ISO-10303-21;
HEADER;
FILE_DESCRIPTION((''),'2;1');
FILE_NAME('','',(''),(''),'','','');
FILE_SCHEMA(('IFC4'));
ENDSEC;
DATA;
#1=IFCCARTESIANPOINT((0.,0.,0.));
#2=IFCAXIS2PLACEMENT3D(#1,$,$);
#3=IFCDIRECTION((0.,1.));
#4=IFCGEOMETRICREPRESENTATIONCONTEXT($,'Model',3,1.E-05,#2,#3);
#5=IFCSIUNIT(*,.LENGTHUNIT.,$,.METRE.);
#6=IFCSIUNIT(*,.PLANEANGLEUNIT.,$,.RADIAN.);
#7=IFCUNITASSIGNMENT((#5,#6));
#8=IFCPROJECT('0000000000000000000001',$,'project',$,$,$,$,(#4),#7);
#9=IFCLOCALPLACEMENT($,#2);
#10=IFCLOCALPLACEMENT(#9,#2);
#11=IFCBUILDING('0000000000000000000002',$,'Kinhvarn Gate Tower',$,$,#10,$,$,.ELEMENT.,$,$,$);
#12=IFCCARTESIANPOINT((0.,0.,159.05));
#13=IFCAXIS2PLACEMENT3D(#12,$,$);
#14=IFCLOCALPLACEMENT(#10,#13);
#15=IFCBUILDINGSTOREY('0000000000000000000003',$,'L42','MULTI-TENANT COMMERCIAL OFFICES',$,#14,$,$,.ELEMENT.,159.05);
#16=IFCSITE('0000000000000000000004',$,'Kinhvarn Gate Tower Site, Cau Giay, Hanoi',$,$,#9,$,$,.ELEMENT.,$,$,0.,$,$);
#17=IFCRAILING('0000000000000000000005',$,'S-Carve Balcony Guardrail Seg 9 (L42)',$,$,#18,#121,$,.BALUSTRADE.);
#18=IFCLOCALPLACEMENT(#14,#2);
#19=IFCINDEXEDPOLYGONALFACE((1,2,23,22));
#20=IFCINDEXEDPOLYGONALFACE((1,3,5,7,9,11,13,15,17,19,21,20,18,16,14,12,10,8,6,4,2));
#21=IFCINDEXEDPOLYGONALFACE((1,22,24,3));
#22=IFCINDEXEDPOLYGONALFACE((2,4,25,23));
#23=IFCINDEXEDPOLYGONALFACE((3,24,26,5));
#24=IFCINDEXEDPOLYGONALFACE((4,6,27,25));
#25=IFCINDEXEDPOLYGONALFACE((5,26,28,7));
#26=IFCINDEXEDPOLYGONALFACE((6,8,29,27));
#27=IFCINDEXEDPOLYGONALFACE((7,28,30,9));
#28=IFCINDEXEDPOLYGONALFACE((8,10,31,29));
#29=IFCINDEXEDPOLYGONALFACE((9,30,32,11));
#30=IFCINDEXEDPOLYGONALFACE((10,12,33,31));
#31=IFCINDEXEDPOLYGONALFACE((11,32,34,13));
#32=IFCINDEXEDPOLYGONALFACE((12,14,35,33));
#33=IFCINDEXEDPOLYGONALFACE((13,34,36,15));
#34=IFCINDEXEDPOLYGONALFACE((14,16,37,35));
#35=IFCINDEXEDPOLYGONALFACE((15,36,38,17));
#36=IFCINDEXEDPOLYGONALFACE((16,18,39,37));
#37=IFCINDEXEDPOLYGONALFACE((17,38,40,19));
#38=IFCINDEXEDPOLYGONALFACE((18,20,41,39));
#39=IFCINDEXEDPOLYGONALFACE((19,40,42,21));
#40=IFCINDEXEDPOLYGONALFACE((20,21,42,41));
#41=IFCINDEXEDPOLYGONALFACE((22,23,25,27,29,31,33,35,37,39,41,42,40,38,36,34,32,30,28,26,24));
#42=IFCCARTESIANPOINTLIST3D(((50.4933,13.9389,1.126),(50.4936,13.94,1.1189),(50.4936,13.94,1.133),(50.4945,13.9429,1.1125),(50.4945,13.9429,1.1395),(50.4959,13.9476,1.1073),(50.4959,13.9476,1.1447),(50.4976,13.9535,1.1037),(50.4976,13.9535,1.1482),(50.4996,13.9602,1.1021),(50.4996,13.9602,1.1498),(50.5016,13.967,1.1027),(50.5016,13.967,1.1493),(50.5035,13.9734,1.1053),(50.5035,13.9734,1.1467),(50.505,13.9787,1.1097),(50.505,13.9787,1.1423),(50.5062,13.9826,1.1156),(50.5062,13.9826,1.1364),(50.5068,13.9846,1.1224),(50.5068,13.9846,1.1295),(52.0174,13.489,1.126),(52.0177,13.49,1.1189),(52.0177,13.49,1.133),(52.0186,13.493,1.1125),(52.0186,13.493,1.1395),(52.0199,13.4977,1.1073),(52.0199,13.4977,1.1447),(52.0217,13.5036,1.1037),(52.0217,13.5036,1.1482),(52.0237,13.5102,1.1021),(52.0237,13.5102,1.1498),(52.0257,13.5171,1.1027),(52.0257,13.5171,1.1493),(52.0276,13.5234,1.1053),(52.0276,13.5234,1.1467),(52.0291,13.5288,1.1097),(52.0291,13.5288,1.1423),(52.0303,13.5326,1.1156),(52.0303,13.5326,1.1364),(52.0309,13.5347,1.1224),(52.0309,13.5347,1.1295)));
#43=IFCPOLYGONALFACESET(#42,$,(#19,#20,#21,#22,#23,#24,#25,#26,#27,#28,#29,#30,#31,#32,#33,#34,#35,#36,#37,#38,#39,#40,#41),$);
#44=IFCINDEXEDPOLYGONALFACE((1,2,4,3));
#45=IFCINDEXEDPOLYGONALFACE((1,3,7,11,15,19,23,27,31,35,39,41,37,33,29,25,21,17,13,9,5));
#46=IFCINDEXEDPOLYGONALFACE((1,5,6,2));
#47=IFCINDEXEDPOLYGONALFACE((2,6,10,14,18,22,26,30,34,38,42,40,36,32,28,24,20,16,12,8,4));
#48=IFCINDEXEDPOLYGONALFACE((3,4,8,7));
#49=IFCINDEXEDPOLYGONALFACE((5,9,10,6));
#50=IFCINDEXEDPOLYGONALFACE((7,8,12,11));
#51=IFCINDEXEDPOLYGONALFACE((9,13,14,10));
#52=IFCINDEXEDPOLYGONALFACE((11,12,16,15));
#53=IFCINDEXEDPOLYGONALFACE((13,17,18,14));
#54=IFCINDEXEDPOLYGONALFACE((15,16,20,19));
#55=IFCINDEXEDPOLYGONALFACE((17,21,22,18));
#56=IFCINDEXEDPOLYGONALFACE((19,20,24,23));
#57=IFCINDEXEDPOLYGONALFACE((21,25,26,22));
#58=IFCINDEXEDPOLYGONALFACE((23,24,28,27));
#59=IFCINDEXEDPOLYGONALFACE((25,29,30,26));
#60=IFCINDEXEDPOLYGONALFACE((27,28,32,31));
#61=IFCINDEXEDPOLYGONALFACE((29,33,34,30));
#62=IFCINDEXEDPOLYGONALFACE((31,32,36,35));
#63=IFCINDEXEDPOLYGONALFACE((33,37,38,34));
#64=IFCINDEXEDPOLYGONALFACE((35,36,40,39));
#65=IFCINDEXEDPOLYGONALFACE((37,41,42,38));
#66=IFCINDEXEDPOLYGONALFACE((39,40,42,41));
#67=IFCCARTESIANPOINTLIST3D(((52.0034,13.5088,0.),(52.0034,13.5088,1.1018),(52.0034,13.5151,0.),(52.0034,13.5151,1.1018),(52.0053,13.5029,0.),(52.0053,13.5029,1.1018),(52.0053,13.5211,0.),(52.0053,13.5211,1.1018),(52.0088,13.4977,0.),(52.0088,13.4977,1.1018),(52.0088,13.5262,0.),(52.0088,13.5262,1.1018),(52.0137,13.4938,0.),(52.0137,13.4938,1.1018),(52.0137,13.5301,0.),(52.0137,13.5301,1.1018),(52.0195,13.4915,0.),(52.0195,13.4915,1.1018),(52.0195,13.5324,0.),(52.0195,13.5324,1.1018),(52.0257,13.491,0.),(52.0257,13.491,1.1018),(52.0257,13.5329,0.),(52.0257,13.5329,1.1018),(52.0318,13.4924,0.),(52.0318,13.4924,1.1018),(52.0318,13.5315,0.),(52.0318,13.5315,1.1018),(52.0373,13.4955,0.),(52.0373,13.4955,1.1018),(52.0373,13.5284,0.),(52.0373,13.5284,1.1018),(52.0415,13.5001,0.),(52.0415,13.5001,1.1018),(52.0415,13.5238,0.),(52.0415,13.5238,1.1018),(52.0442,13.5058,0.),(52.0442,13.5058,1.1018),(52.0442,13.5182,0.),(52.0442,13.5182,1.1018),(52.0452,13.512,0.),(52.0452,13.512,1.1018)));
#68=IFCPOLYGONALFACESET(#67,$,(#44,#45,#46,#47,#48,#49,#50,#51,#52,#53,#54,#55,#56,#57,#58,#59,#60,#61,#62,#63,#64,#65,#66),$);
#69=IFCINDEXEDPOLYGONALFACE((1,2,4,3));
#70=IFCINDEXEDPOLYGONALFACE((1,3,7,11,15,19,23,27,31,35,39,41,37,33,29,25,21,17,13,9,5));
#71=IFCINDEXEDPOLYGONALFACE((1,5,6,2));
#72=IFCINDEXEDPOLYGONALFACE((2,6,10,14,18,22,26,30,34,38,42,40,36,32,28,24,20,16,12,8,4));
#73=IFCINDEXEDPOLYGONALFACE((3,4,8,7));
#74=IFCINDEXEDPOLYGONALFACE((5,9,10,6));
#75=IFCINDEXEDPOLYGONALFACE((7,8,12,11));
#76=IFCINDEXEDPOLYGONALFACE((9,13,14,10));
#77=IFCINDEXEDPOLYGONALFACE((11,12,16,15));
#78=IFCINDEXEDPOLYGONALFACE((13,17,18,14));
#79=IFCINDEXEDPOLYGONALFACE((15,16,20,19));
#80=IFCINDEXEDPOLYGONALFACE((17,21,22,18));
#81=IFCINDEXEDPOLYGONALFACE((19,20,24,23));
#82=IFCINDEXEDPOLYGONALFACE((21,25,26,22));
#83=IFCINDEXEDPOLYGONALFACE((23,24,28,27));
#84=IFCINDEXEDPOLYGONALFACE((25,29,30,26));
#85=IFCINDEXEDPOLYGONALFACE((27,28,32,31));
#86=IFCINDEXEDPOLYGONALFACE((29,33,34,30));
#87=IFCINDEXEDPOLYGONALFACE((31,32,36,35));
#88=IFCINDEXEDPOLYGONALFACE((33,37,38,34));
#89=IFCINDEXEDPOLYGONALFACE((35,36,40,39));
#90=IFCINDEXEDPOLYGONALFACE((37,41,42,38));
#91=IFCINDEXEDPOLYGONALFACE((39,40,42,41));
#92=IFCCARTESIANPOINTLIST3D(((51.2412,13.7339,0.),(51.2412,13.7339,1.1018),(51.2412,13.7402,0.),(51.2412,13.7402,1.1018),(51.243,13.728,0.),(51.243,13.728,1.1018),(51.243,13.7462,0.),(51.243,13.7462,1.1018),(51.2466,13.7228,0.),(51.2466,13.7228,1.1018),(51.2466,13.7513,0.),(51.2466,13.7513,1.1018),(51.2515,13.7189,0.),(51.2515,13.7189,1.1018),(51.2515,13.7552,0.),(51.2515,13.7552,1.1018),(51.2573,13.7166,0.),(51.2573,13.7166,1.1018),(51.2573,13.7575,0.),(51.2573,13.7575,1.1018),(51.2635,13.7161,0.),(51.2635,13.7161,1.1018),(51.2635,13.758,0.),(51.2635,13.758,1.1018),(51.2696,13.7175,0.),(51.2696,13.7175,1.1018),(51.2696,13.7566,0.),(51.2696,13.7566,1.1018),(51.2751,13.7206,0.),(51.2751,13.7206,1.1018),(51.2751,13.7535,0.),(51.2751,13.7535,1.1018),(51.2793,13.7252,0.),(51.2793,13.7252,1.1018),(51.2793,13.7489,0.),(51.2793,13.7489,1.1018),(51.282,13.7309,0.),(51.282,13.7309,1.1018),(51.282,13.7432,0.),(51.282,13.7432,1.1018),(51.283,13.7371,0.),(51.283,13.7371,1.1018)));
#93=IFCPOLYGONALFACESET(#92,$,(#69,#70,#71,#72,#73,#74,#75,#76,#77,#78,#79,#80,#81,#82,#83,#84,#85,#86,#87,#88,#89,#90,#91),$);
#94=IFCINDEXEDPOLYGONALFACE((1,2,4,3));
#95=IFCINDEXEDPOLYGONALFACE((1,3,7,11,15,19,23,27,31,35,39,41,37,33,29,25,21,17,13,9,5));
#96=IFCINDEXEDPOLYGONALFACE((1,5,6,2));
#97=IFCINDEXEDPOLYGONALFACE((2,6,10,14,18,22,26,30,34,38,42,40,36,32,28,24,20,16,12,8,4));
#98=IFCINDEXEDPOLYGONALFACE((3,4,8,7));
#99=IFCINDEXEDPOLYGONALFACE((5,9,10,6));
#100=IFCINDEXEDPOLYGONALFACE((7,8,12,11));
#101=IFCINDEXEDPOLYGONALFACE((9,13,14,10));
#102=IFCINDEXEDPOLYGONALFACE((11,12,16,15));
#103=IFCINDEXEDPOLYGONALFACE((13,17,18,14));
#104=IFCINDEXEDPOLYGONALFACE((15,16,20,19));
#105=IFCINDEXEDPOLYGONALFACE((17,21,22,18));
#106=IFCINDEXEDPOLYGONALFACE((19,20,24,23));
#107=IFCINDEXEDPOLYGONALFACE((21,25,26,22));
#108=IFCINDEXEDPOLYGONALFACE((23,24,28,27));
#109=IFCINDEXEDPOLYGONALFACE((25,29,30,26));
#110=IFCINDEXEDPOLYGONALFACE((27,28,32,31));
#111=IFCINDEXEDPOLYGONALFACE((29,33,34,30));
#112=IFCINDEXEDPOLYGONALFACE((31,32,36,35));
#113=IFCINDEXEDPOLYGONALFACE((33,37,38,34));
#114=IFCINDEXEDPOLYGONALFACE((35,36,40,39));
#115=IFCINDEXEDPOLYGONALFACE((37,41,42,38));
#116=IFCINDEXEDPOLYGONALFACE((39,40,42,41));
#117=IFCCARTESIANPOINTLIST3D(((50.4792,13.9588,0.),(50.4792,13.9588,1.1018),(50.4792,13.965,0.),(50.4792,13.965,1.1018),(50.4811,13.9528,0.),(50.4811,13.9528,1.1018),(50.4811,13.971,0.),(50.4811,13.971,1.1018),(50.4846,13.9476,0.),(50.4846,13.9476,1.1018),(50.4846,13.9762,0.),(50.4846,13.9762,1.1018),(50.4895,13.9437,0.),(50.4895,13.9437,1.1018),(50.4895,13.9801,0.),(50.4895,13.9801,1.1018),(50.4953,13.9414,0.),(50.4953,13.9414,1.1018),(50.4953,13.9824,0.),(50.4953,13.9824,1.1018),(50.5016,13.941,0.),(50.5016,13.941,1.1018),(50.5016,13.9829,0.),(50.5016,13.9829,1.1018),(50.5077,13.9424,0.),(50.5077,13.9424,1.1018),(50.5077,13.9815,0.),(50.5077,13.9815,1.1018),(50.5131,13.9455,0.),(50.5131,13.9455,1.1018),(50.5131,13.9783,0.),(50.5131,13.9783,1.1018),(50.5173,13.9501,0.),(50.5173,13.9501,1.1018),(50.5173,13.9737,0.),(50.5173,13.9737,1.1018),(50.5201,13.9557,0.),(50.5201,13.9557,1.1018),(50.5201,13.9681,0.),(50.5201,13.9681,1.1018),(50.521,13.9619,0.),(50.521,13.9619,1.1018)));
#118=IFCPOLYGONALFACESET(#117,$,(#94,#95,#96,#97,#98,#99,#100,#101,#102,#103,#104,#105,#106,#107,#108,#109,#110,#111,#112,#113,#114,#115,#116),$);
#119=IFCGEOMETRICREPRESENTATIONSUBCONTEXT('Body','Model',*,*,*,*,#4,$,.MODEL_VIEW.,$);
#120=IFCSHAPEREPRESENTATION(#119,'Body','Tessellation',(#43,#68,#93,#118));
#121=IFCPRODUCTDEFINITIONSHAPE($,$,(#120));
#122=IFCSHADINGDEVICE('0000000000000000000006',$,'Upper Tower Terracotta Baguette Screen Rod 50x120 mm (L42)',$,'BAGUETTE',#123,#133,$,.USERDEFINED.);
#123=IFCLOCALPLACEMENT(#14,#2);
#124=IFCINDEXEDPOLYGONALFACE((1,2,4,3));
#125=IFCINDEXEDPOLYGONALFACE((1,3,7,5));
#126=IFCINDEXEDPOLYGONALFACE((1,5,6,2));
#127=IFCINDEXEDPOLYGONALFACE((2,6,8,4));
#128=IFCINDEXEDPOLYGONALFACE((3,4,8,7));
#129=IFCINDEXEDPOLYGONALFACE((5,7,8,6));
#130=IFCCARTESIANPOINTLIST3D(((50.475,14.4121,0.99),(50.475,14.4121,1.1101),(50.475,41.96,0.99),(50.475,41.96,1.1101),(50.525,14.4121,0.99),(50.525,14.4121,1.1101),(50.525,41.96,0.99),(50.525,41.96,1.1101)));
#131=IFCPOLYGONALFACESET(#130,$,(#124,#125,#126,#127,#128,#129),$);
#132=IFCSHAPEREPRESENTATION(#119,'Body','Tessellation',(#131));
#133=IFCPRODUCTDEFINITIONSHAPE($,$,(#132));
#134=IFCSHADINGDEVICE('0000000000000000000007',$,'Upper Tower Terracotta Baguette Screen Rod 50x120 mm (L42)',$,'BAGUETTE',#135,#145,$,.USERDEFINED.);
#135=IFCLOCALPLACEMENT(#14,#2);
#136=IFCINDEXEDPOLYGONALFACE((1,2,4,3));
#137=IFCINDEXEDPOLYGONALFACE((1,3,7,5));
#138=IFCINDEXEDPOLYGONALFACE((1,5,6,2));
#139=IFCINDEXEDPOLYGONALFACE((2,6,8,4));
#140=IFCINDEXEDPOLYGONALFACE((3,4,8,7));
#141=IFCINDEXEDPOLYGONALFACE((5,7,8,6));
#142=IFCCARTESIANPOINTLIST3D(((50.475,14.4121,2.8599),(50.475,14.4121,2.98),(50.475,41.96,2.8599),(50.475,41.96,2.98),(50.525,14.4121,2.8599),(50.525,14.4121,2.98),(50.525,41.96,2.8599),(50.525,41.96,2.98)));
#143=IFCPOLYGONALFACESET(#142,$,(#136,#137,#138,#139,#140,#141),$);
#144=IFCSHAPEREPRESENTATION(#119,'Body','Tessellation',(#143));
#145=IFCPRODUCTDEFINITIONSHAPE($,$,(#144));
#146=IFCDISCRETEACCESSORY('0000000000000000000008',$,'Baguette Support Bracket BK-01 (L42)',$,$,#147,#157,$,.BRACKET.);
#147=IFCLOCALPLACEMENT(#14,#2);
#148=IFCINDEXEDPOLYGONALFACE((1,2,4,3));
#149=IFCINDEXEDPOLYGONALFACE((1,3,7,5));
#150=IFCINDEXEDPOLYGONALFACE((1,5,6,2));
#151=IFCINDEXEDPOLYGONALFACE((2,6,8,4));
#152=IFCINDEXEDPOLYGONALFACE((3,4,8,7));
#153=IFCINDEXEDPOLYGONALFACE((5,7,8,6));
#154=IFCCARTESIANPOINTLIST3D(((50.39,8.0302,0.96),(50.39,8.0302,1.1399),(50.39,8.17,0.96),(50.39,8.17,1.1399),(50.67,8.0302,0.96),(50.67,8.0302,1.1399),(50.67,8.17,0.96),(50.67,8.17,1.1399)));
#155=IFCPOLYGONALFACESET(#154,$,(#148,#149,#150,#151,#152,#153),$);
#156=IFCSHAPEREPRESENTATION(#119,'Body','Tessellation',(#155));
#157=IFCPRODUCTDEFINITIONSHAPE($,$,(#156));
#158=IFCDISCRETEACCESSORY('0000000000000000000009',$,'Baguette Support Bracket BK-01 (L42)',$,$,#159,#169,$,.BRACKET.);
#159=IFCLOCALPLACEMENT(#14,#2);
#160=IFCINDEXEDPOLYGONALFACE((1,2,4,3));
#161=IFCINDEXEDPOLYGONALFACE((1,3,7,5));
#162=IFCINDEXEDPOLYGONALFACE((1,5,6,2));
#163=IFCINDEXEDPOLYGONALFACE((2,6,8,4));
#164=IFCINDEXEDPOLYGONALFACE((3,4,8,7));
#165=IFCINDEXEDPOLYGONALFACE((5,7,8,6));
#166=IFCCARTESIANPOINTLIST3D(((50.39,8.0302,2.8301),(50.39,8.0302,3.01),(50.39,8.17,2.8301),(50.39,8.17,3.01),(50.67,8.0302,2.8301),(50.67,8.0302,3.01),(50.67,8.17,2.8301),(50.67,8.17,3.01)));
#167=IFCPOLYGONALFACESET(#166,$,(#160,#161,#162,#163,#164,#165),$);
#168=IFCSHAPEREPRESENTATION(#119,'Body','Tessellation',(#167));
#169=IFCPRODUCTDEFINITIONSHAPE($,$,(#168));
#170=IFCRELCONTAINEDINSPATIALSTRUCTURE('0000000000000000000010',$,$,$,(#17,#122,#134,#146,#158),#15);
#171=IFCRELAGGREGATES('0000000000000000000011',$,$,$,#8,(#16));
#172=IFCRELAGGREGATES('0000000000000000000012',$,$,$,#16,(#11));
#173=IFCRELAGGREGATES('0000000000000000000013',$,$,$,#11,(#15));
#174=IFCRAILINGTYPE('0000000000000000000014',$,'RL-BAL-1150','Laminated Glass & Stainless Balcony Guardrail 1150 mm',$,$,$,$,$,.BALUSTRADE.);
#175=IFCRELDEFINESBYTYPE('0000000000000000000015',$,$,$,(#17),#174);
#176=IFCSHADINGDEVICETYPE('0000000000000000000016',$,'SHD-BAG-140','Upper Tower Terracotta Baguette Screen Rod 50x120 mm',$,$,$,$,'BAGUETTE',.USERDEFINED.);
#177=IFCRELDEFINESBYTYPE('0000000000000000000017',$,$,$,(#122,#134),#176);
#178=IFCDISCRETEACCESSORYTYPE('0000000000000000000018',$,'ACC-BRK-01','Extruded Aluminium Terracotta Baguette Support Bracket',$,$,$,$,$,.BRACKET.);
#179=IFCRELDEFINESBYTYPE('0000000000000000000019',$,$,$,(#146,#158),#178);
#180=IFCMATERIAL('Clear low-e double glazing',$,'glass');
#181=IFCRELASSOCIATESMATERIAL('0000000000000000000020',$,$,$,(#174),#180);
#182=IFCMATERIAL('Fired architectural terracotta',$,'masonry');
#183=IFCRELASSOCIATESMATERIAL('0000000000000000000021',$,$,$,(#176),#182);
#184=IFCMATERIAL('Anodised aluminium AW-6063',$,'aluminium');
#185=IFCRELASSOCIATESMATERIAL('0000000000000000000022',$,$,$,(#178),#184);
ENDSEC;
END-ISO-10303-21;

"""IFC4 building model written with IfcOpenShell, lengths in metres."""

from ifc_helpers import new_model, si_unit, direction, frame, origin, origin_2d, place, context, subcontext, project, spatial, rectangle, circle, extrude, material, material_profile, profile_set, type_object, element, save


model = new_model("IFC4")

# Units and contexts
model_context = context("Model", 3, precision=1e-05, world=origin(), true_north=direction((0.0, 1.0)))
body_context = subcontext(model_context, "Body", "Model", "MODEL_VIEW")
ifc_project = project(units=[si_unit("LENGTHUNIT", "METRE"), si_unit("PLANEANGLEUNIT", "RADIAN")], contexts=[model_context])

# Site, building, storey
site_placement = place(None, origin())
site = spatial("IfcSite", under=ifc_project, at=site_placement, Name="Kinhvarn Gate Tower Site, Cau Giay, Hanoi", CompositionType="ELEMENT", RefElevation=0.0)
building_placement = place(site_placement, origin())
building = spatial("IfcBuilding", under=site, at=building_placement, Name="Kinhvarn Gate Tower", CompositionType="ELEMENT")
storey_placement = place(building_placement, frame((0.0, 0.0, 159.05)))
storey = spatial("IfcBuildingStorey", under=building, at=storey_placement, Name="L42", Description="MULTI-TENANT COMMERCIAL OFFICES", CompositionType="ELEMENT", Elevation=159.05)

# Shared definitions
ifc_material_1 = material(Name="Anodised aluminium AW-6063", Category="aluminium")

# Shared definitions
ifc_material_2 = material(Name="Clear low-e double glazing", Category="glass")

# Shared definitions
ifc_material_3 = material(Name="Fired architectural terracotta", Category="masonry")

# Railing
railing_type = type_object("IfcRailingType", Name="RL-BAL-1150", Description="Laminated Glass & Stainless Balcony Guardrail 1150 mm", PredefinedType="BALUSTRADE", material=ifc_material_2)
railing_placement = place(storey_placement, frame((52.0242, 13.512, 0.0)))
element("IfcRailing", 1, at=railing_placement, inside=storey, type_object=railing_type, Name="S-Carve Balcony Guardrail Seg 9 (L42)", PredefinedType="BALUSTRADE", context=body_context, shape_type="SweptSolid", body=[
    extrude(circle(Radius=0.0239, at=origin_2d()), frame((0.0, 0.0, 1.126), z_axis=(-0.959081, 0.283131, 0.0), x_axis=(-0.283131, -0.959081, 0.0)), (0.0, 0.0, 1.0), 1.5891),
    extrude(circle(Radius=0.021, at=origin_2d()), origin(), (0.0, 0.0, 1.0), 1.1018),
    extrude(circle(Radius=0.021, at=origin_2d()), frame((-0.7622, 0.2251, 0.0)), (0.0, 0.0, 1.0), 1.1018),
    extrude(circle(Radius=0.021, at=origin_2d()), frame((-1.5242, 0.45, 0.0)), (0.0, 0.0, 1.0), 1.1018),
])

# Shading devices
ifc_material_profile_1 = material_profile(ifc_material_3, rectangle(XDim=0.05, YDim=0.1201, at=origin_2d()), Name="TC 50x120")
ifc_profile_set_1 = profile_set([ifc_material_profile_1], Name="Fired architectural terracotta")
shading_device_type = type_object("IfcShadingDeviceType", Name="SHD-BAG-140", Description="Upper Tower Terracotta Baguette Screen Rod 50x120 mm", ElementType="BAGUETTE", PredefinedType="USERDEFINED", material=ifc_profile_set_1)
for number, where, z_axis, x_axis, name in (
    (2, (50.5, 14.4121, 1.05), (0.0, 1.0, 0.0), (-1.0, 0.0, 0.0), "Upper Tower Terracotta Baguette Screen Rod 50x120 mm (L42)"),
    (3, (50.5, 14.4121, 2.9199), (0.0, 1.0, 0.0), (-1.0, 0.0, 0.0), "Upper Tower Terracotta Baguette Screen Rod 50x120 mm (L42)"),
):
    element("IfcShadingDevice", number, at=place(storey_placement, frame(where, z_axis=z_axis, x_axis=x_axis)), inside=storey, type_object=shading_device_type, Name=name, ObjectType="BAGUETTE", PredefinedType="USERDEFINED", context=body_context, shape_type="SweptSolid", body=[
        extrude(rectangle(XDim=0.05, YDim=0.1201, at=origin_2d()), origin(), (0.0, 0.0, 1.0), 27.5479),
    ])

# Discrete accessories
discrete_accessory_type = type_object("IfcDiscreteAccessoryType", Name="ACC-BRK-01", Description="Extruded Aluminium Terracotta Baguette Support Bracket", PredefinedType="BRACKET", material=ifc_material_1)
for number, where, z_axis, x_axis, name in (
    (4, (50.53, 8.1001, 0.96), (0.0, 0.0, 1.0), (0.0, 1.0, 0.0), "Baguette Support Bracket BK-01 (L42)"),
    (5, (50.53, 8.1001, 2.8301), (0.0, 0.0, 1.0), (0.0, 1.0, 0.0), "Baguette Support Bracket BK-01 (L42)"),
):
    element("IfcDiscreteAccessory", number, at=place(storey_placement, frame(where, z_axis=z_axis, x_axis=x_axis)), inside=storey, type_object=discrete_accessory_type, Name=name, PredefinedType="BRACKET", context=body_context, shape_type="SweptSolid", body=[
        extrude(rectangle(XDim=0.1399, YDim=0.28, at=origin_2d()), origin(), (0.0, 0.0, 1.0), 0.1799),
    ])

save(model, "model.ifc")
